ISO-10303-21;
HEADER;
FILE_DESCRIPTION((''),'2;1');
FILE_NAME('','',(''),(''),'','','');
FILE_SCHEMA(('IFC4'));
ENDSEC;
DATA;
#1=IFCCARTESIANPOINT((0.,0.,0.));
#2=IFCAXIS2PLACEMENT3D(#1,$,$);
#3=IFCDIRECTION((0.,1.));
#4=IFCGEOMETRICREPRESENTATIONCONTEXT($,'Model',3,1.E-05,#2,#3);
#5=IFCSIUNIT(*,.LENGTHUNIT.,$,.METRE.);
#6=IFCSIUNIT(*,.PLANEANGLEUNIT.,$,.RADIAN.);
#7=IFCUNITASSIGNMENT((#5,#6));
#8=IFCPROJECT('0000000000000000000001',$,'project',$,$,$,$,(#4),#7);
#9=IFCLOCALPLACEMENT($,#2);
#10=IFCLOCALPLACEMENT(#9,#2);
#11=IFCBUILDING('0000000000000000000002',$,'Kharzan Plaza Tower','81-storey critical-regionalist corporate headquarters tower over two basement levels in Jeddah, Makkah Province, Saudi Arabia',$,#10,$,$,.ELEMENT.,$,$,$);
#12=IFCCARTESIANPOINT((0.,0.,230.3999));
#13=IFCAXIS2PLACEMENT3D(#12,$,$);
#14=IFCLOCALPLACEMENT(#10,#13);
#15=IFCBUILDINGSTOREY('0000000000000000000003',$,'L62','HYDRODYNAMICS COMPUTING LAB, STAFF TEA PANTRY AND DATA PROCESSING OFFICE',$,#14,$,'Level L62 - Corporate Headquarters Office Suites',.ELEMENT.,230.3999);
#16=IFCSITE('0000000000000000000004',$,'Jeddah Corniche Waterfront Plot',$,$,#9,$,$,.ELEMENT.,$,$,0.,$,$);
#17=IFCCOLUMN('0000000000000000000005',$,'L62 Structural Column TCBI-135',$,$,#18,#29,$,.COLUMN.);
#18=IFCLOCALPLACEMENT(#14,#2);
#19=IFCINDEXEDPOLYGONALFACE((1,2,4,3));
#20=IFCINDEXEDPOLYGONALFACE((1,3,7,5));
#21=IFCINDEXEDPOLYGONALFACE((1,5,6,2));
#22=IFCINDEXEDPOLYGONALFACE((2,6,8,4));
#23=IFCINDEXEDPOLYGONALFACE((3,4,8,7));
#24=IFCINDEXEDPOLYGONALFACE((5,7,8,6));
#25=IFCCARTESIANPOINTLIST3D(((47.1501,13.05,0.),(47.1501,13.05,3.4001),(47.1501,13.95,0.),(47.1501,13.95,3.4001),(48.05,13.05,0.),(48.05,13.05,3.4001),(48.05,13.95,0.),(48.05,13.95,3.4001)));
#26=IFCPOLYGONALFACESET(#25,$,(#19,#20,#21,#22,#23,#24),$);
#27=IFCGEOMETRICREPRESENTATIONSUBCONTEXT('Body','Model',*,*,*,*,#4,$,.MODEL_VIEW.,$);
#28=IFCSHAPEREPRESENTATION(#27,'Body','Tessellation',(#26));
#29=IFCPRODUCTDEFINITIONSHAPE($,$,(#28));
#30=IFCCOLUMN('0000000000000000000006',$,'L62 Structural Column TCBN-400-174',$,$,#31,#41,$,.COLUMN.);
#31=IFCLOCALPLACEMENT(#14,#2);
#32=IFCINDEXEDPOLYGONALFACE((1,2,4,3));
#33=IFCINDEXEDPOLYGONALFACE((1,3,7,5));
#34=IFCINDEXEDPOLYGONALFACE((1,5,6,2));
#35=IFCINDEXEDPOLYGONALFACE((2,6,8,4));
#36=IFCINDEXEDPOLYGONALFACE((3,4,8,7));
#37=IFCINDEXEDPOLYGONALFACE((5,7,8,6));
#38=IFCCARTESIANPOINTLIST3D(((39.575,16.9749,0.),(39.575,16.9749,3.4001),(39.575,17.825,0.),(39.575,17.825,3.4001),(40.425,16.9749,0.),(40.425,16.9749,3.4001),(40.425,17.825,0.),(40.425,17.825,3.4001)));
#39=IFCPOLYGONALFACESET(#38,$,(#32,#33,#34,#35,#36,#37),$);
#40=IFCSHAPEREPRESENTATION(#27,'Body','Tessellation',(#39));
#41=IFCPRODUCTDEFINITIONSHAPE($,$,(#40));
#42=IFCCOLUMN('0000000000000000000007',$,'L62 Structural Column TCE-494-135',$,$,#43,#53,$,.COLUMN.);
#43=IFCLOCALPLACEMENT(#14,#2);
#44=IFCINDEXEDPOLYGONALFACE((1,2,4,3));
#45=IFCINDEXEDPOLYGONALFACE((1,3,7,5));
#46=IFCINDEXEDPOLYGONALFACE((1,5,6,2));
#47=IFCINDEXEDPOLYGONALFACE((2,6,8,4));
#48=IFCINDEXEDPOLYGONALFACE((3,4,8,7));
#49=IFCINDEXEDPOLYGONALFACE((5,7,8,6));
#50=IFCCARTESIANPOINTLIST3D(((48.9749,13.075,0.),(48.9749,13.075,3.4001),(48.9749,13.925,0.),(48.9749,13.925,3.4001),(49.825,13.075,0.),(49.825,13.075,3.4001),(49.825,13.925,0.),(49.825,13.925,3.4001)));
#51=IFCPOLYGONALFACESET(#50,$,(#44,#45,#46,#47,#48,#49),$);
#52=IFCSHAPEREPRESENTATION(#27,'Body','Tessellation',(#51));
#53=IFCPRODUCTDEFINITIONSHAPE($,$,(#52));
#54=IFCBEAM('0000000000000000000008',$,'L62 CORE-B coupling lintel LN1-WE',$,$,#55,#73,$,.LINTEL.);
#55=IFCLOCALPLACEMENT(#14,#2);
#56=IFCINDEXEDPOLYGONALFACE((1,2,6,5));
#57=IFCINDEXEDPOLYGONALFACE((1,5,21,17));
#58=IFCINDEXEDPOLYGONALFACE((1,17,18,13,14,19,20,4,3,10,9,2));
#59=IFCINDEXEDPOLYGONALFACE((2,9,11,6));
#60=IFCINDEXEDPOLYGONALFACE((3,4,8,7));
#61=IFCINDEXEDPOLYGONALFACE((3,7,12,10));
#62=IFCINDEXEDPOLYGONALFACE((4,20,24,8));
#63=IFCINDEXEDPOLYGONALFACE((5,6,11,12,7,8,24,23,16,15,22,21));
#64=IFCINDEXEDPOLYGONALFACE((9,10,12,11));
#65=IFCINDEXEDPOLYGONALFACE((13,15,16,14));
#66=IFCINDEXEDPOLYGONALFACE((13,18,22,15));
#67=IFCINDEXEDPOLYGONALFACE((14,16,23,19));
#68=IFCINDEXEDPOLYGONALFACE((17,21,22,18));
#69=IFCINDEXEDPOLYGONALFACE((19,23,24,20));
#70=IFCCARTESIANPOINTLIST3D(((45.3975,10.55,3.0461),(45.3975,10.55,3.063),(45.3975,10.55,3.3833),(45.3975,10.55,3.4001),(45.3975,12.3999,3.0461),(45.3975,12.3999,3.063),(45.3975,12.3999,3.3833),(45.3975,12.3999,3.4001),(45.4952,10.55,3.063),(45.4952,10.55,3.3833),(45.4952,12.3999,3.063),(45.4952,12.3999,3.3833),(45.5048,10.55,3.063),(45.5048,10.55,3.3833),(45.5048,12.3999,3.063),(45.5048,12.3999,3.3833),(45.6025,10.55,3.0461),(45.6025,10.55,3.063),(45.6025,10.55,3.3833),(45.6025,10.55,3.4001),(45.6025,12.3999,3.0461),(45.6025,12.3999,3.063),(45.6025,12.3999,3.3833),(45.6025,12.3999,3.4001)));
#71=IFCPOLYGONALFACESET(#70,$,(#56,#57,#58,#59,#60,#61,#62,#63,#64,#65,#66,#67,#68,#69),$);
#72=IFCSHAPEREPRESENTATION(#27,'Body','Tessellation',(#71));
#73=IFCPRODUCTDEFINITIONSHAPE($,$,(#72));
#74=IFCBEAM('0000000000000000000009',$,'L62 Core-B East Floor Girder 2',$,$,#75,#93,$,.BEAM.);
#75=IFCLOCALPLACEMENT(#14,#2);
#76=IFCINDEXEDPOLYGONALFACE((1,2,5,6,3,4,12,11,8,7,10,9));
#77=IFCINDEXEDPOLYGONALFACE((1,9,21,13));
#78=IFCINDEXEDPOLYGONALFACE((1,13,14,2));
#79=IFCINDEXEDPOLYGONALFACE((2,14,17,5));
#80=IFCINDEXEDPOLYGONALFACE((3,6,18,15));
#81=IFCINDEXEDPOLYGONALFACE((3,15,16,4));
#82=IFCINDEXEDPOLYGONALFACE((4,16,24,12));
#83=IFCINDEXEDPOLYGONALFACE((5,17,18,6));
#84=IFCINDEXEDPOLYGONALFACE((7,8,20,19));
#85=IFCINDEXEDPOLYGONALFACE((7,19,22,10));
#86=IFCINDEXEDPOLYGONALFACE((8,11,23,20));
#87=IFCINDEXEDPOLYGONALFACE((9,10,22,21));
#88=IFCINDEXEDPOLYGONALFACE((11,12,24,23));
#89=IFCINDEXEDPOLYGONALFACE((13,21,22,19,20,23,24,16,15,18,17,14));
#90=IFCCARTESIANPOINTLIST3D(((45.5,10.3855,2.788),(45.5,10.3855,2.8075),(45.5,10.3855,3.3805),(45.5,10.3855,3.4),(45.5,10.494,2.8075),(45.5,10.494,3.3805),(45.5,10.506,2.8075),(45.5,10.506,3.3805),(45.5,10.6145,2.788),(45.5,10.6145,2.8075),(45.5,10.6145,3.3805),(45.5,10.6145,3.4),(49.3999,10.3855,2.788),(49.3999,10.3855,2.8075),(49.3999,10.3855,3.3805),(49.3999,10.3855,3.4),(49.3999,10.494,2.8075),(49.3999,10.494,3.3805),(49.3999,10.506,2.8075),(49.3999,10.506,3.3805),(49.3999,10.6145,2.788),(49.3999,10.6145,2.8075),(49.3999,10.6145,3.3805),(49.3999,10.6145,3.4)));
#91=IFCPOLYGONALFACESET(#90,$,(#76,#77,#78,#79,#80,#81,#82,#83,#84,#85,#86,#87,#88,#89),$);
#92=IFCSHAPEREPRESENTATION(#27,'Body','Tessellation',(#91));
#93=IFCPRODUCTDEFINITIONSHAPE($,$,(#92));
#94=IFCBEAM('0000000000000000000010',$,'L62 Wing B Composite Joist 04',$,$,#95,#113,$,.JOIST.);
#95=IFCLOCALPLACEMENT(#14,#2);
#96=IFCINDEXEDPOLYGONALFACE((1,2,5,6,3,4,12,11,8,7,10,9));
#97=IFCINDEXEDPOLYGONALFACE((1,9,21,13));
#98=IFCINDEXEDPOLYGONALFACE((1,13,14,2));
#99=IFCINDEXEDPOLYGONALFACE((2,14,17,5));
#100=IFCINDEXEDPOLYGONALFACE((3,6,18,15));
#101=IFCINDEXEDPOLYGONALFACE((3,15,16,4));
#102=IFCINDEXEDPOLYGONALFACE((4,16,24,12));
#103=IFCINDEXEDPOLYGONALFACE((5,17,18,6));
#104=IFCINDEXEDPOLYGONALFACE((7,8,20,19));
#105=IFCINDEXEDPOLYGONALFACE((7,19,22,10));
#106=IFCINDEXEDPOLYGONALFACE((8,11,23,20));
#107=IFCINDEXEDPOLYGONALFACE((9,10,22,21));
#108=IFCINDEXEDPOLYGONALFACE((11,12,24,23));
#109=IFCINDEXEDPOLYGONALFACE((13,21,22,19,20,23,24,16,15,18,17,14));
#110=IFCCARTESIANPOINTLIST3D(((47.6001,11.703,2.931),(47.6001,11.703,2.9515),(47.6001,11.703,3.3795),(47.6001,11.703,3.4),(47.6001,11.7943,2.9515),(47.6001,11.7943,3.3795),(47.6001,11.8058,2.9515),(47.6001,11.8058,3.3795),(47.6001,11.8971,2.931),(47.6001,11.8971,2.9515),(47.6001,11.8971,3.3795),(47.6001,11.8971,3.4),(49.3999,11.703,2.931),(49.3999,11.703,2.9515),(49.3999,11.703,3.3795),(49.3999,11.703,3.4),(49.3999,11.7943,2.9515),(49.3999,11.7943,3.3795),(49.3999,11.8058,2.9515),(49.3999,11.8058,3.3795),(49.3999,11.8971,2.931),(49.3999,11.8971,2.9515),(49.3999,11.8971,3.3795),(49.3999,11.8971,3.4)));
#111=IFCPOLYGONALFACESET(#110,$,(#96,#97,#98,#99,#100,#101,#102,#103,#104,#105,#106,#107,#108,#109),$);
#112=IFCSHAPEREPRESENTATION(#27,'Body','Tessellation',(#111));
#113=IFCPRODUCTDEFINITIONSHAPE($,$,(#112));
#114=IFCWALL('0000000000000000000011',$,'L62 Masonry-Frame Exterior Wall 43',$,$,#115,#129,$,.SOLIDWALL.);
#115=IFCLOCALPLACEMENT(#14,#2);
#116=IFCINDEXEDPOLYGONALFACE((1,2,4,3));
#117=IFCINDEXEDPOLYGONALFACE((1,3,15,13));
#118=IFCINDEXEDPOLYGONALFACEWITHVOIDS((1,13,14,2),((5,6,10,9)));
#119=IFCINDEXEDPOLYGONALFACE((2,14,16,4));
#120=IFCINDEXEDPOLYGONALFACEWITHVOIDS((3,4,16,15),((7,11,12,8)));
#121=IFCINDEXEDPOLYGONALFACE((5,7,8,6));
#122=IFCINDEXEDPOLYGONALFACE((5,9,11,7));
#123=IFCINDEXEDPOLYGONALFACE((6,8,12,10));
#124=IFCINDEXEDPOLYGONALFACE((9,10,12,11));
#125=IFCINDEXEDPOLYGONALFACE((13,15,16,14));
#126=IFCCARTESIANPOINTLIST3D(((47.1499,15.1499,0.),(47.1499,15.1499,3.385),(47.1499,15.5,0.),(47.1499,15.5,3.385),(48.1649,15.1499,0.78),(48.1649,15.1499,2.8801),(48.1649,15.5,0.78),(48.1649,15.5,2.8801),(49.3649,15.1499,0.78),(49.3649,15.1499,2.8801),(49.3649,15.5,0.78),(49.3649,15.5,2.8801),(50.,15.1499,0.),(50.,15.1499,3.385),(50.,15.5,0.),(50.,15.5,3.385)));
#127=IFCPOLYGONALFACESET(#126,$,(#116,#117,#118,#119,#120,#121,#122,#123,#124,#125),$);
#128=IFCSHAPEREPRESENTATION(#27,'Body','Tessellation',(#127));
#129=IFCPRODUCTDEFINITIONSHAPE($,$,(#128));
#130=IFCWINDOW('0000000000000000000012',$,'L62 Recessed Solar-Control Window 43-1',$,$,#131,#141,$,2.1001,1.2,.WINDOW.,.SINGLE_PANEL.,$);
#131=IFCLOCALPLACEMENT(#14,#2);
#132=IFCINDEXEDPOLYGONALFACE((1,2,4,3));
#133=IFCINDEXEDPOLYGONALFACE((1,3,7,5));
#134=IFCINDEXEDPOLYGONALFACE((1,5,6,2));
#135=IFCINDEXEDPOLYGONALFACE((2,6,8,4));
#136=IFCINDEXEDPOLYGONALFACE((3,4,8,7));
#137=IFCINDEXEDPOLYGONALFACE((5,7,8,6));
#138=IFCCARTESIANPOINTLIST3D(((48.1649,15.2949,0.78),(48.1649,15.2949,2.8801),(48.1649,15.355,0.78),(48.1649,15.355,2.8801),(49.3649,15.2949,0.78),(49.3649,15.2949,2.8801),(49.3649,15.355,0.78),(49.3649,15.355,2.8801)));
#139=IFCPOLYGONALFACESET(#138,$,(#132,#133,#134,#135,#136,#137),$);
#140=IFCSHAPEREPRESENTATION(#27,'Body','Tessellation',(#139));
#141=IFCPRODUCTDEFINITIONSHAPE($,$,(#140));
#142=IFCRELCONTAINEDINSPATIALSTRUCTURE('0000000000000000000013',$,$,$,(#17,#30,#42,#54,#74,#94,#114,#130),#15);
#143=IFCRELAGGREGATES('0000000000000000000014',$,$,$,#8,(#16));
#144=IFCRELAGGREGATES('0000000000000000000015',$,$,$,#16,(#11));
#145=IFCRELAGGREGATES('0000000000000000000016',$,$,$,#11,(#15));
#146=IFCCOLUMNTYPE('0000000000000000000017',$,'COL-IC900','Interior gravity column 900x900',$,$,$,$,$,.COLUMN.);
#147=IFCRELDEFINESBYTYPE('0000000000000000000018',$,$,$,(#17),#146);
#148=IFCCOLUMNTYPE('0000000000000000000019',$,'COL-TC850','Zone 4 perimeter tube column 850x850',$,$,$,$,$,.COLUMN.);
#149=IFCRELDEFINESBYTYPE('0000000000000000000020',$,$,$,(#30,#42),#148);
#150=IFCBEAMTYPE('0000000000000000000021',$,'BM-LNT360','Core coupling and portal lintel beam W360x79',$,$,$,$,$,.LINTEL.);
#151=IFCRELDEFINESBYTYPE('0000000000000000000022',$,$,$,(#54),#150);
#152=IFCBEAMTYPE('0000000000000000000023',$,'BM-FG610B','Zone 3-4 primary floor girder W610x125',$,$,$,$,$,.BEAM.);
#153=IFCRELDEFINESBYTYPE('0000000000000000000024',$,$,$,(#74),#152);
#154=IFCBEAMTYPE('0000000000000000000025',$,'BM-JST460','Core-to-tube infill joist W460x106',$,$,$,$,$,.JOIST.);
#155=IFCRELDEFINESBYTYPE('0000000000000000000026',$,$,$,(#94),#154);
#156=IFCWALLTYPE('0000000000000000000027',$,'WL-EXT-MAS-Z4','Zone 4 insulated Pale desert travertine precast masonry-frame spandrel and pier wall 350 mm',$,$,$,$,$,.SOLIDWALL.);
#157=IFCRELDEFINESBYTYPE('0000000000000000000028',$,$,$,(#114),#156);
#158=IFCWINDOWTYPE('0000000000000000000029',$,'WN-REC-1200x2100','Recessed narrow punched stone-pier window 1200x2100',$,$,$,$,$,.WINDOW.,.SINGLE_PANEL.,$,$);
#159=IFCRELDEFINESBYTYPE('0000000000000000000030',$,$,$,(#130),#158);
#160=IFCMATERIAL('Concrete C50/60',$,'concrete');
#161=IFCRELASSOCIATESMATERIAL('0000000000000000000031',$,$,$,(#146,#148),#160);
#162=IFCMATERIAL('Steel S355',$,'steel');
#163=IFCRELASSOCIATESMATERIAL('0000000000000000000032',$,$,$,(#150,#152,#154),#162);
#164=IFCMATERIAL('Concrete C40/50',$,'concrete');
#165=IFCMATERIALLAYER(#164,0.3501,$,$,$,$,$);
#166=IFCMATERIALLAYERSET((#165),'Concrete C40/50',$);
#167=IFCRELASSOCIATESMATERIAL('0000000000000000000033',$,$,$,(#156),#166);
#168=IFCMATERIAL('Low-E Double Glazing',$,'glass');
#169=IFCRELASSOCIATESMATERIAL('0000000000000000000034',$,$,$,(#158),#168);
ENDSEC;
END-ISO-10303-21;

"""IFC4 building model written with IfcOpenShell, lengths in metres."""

from ifc_helpers import new_model, si_unit, direction, frame, frame_2d, origin, origin_2d, place, context, subcontext, project, spatial, rectangle, i_section, extrude, source, transform, mapped, material, layer, layer_set, material_profile, profile_set, type_object, element, fill, save


model = new_model("IFC4")

# Units and contexts
model_context = context("Model", 3, precision=1e-05, world=origin(), true_north=direction((0.0, 1.0)))
body_context = subcontext(model_context, "Body", "Model", "MODEL_VIEW")
ifc_project = project(units=[si_unit("LENGTHUNIT", "METRE"), si_unit("PLANEANGLEUNIT", "RADIAN")], contexts=[model_context])

# Site, building, storey
site_placement = place(None, origin())
site = spatial("IfcSite", under=ifc_project, at=site_placement, Name="Jeddah Corniche Waterfront Plot", CompositionType="ELEMENT", RefElevation=0.0)
building_placement = place(site_placement, origin())
building = spatial("IfcBuilding", under=site, at=building_placement, Name="Kharzan Plaza Tower", Description="81-storey critical-regionalist corporate headquarters tower over two basement levels in Jeddah, Makkah Province, Saudi Arabia", CompositionType="ELEMENT")
storey_placement = place(building_placement, frame((0.0, 0.0, 230.3999)))
storey = spatial("IfcBuildingStorey", under=building, at=storey_placement, Name="L62", Description="HYDRODYNAMICS COMPUTING LAB, STAFF TEA PANTRY AND DATA PROCESSING OFFICE", LongName="Level L62 - Corporate Headquarters Office Suites", CompositionType="ELEMENT", Elevation=230.3999)

# Columns
ifc_material_1 = material(Name="Concrete C50/60", Category="concrete")
ifc_material_profile_1 = material_profile(ifc_material_1, rectangle(XDim=0.8999, YDim=0.8999, at=origin_2d()), Name="RC-IC900x900")
ifc_profile_set_1 = profile_set([ifc_material_profile_1], Name="Concrete C50/60")
column_type_1 = type_object("IfcColumnType", Name="COL-IC900", Description="Interior gravity column 900x900", PredefinedType="COLUMN", material=ifc_profile_set_1)
shared_shape_1 = source(origin(), body_context, "Body", "SweptSolid", [
    extrude(rectangle(XDim=0.8999, YDim=0.8999, at=origin_2d()), origin(), (0.0, 0.0, 1.0), 3.4001),
])
column_placement = place(storey_placement, frame((47.6001, 13.5, 0.0), z_axis=(0.0, 0.0, 1.0), x_axis=(1.0, 0.0, 0.0)))
element("IfcColumn", 1, at=column_placement, inside=storey, type_object=column_type_1, Name="L62 Structural Column TCBI-135", PredefinedType="COLUMN", context=body_context, shape_type="MappedRepresentation", body=[
    mapped(shared_shape_1, transform((0.0, 0.0, 0.0), x_axis=(1.0, 0.0, 0.0), y_axis=(0.0, 1.0, 0.0), z_axis=(0.0, 0.0, 1.0))),
])
ifc_material_profile_2 = material_profile(ifc_material_1, rectangle(XDim=0.8501, YDim=0.8501, at=origin_2d()), Name="RC-TC850x850")
ifc_profile_set_2 = profile_set([ifc_material_profile_2], Name="Concrete C50/60")
column_type_2 = type_object("IfcColumnType", Name="COL-TC850", Description="Zone 4 perimeter tube column 850x850", PredefinedType="COLUMN", material=ifc_profile_set_2)
shared_shape_2 = source(origin(), body_context, "Body", "SweptSolid", [
    extrude(rectangle(XDim=0.8501, YDim=0.8501, at=origin_2d()), origin(), (0.0, 0.0, 1.0), 3.4001),
])
for number, where, z_axis, x_axis, name in (
    (2, (40.0, 17.3999, 0.0), (0.0, 0.0, 1.0), (1.0, 0.0, 0.0), "L62 Structural Column TCBN-400-174"),
    (3, (49.3999, 13.5, 0.0), (0.0, 0.0, 1.0), (1.0, 0.0, 0.0), "L62 Structural Column TCE-494-135"),
):
    element("IfcColumn", number, at=place(storey_placement, frame(where, z_axis=z_axis, x_axis=x_axis)), inside=storey, type_object=column_type_2, Name=name, PredefinedType="COLUMN", context=body_context, shape_type="MappedRepresentation", body=[
        mapped(shared_shape_2, transform((0.0, 0.0, 0.0), x_axis=(1.0, 0.0, 0.0), y_axis=(0.0, 1.0, 0.0), z_axis=(0.0, 0.0, 1.0))),
    ])

# Beams
ifc_material_2 = material(Name="Steel S355", Category="steel")
ifc_material_profile_3 = material_profile(ifc_material_2, i_section(OverallWidth=0.2051, OverallDepth=0.354, WebThickness=0.0095, FlangeThickness=0.0168, at=origin_2d()), Name="W360x79")
ifc_profile_set_3 = profile_set([ifc_material_profile_3], Name="Steel S355")
beam_type_1 = type_object("IfcBeamType", Name="BM-LNT360", Description="Core coupling and portal lintel beam W360x79", PredefinedType="LINTEL", material=ifc_profile_set_3)
shared_shape_3 = source(origin(), body_context, "Body", "SweptSolid", [
    extrude(i_section(OverallWidth=0.2051, OverallDepth=0.354, WebThickness=0.0095, FlangeThickness=0.0168, at=origin_2d()), origin(), (0.0, 0.0, 1.0), 1.8499),
])
beam_1_placement = place(storey_placement, frame((45.5, 10.55, 3.2231), z_axis=(0.0, 1.0, 0.0), x_axis=(-1.0, 0.0, 0.0)))
element("IfcBeam", 4, at=beam_1_placement, inside=storey, type_object=beam_type_1, Name="L62 CORE-B coupling lintel LN1-WE", PredefinedType="LINTEL", context=body_context, shape_type="MappedRepresentation", body=[
    mapped(shared_shape_3, transform((0.0, 0.0, 0.0), x_axis=(1.0, 0.0, 0.0), y_axis=(0.0, 1.0, 0.0), z_axis=(0.0, 0.0, 1.0))),
])
ifc_material_profile_4 = material_profile(ifc_material_2, i_section(OverallWidth=0.229, OverallDepth=0.6121, WebThickness=0.012, FlangeThickness=0.0195, at=origin_2d()), Name="W610x125")
ifc_profile_set_4 = profile_set([ifc_material_profile_4], Name="Steel S355")
beam_type_2 = type_object("IfcBeamType", Name="BM-FG610B", Description="Zone 3-4 primary floor girder W610x125", PredefinedType="BEAM", material=ifc_profile_set_4)
shared_shape_4 = source(origin(), body_context, "Body", "SweptSolid", [
    extrude(i_section(OverallWidth=0.229, OverallDepth=0.6121, WebThickness=0.012, FlangeThickness=0.0195, at=origin_2d()), origin(), (0.0, 0.0, 1.0), 3.8999),
])
beam_2_placement = place(storey_placement, frame((45.5, 10.5, 3.094), z_axis=(1.0, 0.0, 0.0), x_axis=(0.0, 1.0, 0.0)))
element("IfcBeam", 5, at=beam_2_placement, inside=storey, type_object=beam_type_2, Name="L62 Core-B East Floor Girder 2", PredefinedType="BEAM", context=body_context, shape_type="MappedRepresentation", body=[
    mapped(shared_shape_4, transform((0.0, 0.0, 0.0), x_axis=(1.0, 0.0, 0.0), y_axis=(0.0, 1.0, 0.0), z_axis=(0.0, 0.0, 1.0))),
])
ifc_material_profile_5 = material_profile(ifc_material_2, i_section(OverallWidth=0.1941, OverallDepth=0.469, WebThickness=0.0115, FlangeThickness=0.0205, at=origin_2d()), Name="W460x106")
ifc_profile_set_5 = profile_set([ifc_material_profile_5], Name="Steel S355")
beam_type_3 = type_object("IfcBeamType", Name="BM-JST460", Description="Core-to-tube infill joist W460x106", PredefinedType="JOIST", material=ifc_profile_set_5)
shared_shape_5 = source(origin(), body_context, "Body", "SweptSolid", [
    extrude(i_section(OverallWidth=0.1941, OverallDepth=0.469, WebThickness=0.0115, FlangeThickness=0.0205, at=origin_2d()), origin(), (0.0, 0.0, 1.0), 1.7998),
])
beam_3_placement = place(storey_placement, frame((47.6001, 11.8, 3.1655), z_axis=(1.0, 0.0, 0.0), x_axis=(0.0, 1.0, 0.0)))
element("IfcBeam", 6, at=beam_3_placement, inside=storey, type_object=beam_type_3, Name="L62 Wing B Composite Joist 04", PredefinedType="JOIST", context=body_context, shape_type="MappedRepresentation", body=[
    mapped(shared_shape_5, transform((0.0, 0.0, 0.0), x_axis=(1.0, 0.0, 0.0), y_axis=(0.0, 1.0, 0.0), z_axis=(0.0, 0.0, 1.0))),
])

# Wall, opening, window
ifc_material_3 = material(Name="Concrete C40/50", Category="concrete")
ifc_layer_1 = layer(ifc_material_3, 0.3501)
ifc_layer_set_1 = layer_set([ifc_layer_1], Name="Concrete C40/50")
wall_type_1 = type_object("IfcWallType", Name="WL-EXT-MAS-Z4", Description="Zone 4 insulated Pale desert travertine precast masonry-frame spandrel and pier wall 350 mm", PredefinedType="SOLIDWALL", material=ifc_layer_set_1)
wall_1_placement = place(storey_placement, frame((50.0, 15.325, 0.0), z_axis=(0.0, 0.0, 1.0), x_axis=(-1.0, 0.0, 0.0)))
wall_1 = element("IfcWall", 7, at=wall_1_placement, inside=storey, type_object=wall_type_1, Name="L62 Masonry-Frame Exterior Wall 43", PredefinedType="SOLIDWALL", context=body_context, shape_type="SweptSolid", body=[
    extrude(rectangle(XDim=2.8501, YDim=0.3501, at=frame_2d((1.425, 0.0))), origin(), (0.0, 0.0, 1.0), 3.385),
])
opening_1_placement = place(wall_1_placement, frame((0.635, 0.0, 0.78)))
opening_1 = element("IfcOpeningElement", 8, at=opening_1_placement, cuts=wall_1, PredefinedType="OPENING", context=body_context, shape_type="SweptSolid", body=[
    extrude(rectangle(XDim=1.2, YDim=2.1001, at=frame_2d((0.6001, 1.05))), frame((0.0, 0.1851, 0.0), z_axis=(0.0, -1.0, 0.0), x_axis=(1.0, 0.0, 0.0)), (0.0, 0.0, 1.0), 0.3701),
])
ifc_material_4 = material(Name="Low-E Double Glazing", Category="glass")
window_type_1 = type_object("IfcWindowType", Name="WN-REC-1200x2100", Description="Recessed narrow punched stone-pier window 1200x2100", PartitioningType="SINGLE_PANEL", PredefinedType="WINDOW", material=ifc_material_4)
shared_shape_6 = source(origin(), body_context, "Body", "SweptSolid", [
    extrude(rectangle(XDim=1.2, YDim=2.1001, at=frame_2d((0.6001, 1.05))), frame((0.0, 0.03, 0.0), z_axis=(0.0, -1.0, 0.0), x_axis=(1.0, 0.0, 0.0)), (0.0, 0.0, 1.0), 0.0601),
])
window_1_placement = place(opening_1_placement, origin())
window_1 = element("IfcWindow", 9, at=window_1_placement, inside=storey, type_object=window_type_1, Name="L62 Recessed Solar-Control Window 43-1", OverallHeight=2.1001, OverallWidth=1.2, PartitioningType="SINGLE_PANEL", PredefinedType="WINDOW", context=body_context, shape_type="MappedRepresentation", body=[
    mapped(shared_shape_6, transform((0.0, 0.0, 0.0), x_axis=(1.0, 0.0, 0.0), y_axis=(0.0, 1.0, 0.0), z_axis=(0.0, 0.0, 1.0))),
])
fill(opening_1, window_1)

save(model, "model.ifc")
